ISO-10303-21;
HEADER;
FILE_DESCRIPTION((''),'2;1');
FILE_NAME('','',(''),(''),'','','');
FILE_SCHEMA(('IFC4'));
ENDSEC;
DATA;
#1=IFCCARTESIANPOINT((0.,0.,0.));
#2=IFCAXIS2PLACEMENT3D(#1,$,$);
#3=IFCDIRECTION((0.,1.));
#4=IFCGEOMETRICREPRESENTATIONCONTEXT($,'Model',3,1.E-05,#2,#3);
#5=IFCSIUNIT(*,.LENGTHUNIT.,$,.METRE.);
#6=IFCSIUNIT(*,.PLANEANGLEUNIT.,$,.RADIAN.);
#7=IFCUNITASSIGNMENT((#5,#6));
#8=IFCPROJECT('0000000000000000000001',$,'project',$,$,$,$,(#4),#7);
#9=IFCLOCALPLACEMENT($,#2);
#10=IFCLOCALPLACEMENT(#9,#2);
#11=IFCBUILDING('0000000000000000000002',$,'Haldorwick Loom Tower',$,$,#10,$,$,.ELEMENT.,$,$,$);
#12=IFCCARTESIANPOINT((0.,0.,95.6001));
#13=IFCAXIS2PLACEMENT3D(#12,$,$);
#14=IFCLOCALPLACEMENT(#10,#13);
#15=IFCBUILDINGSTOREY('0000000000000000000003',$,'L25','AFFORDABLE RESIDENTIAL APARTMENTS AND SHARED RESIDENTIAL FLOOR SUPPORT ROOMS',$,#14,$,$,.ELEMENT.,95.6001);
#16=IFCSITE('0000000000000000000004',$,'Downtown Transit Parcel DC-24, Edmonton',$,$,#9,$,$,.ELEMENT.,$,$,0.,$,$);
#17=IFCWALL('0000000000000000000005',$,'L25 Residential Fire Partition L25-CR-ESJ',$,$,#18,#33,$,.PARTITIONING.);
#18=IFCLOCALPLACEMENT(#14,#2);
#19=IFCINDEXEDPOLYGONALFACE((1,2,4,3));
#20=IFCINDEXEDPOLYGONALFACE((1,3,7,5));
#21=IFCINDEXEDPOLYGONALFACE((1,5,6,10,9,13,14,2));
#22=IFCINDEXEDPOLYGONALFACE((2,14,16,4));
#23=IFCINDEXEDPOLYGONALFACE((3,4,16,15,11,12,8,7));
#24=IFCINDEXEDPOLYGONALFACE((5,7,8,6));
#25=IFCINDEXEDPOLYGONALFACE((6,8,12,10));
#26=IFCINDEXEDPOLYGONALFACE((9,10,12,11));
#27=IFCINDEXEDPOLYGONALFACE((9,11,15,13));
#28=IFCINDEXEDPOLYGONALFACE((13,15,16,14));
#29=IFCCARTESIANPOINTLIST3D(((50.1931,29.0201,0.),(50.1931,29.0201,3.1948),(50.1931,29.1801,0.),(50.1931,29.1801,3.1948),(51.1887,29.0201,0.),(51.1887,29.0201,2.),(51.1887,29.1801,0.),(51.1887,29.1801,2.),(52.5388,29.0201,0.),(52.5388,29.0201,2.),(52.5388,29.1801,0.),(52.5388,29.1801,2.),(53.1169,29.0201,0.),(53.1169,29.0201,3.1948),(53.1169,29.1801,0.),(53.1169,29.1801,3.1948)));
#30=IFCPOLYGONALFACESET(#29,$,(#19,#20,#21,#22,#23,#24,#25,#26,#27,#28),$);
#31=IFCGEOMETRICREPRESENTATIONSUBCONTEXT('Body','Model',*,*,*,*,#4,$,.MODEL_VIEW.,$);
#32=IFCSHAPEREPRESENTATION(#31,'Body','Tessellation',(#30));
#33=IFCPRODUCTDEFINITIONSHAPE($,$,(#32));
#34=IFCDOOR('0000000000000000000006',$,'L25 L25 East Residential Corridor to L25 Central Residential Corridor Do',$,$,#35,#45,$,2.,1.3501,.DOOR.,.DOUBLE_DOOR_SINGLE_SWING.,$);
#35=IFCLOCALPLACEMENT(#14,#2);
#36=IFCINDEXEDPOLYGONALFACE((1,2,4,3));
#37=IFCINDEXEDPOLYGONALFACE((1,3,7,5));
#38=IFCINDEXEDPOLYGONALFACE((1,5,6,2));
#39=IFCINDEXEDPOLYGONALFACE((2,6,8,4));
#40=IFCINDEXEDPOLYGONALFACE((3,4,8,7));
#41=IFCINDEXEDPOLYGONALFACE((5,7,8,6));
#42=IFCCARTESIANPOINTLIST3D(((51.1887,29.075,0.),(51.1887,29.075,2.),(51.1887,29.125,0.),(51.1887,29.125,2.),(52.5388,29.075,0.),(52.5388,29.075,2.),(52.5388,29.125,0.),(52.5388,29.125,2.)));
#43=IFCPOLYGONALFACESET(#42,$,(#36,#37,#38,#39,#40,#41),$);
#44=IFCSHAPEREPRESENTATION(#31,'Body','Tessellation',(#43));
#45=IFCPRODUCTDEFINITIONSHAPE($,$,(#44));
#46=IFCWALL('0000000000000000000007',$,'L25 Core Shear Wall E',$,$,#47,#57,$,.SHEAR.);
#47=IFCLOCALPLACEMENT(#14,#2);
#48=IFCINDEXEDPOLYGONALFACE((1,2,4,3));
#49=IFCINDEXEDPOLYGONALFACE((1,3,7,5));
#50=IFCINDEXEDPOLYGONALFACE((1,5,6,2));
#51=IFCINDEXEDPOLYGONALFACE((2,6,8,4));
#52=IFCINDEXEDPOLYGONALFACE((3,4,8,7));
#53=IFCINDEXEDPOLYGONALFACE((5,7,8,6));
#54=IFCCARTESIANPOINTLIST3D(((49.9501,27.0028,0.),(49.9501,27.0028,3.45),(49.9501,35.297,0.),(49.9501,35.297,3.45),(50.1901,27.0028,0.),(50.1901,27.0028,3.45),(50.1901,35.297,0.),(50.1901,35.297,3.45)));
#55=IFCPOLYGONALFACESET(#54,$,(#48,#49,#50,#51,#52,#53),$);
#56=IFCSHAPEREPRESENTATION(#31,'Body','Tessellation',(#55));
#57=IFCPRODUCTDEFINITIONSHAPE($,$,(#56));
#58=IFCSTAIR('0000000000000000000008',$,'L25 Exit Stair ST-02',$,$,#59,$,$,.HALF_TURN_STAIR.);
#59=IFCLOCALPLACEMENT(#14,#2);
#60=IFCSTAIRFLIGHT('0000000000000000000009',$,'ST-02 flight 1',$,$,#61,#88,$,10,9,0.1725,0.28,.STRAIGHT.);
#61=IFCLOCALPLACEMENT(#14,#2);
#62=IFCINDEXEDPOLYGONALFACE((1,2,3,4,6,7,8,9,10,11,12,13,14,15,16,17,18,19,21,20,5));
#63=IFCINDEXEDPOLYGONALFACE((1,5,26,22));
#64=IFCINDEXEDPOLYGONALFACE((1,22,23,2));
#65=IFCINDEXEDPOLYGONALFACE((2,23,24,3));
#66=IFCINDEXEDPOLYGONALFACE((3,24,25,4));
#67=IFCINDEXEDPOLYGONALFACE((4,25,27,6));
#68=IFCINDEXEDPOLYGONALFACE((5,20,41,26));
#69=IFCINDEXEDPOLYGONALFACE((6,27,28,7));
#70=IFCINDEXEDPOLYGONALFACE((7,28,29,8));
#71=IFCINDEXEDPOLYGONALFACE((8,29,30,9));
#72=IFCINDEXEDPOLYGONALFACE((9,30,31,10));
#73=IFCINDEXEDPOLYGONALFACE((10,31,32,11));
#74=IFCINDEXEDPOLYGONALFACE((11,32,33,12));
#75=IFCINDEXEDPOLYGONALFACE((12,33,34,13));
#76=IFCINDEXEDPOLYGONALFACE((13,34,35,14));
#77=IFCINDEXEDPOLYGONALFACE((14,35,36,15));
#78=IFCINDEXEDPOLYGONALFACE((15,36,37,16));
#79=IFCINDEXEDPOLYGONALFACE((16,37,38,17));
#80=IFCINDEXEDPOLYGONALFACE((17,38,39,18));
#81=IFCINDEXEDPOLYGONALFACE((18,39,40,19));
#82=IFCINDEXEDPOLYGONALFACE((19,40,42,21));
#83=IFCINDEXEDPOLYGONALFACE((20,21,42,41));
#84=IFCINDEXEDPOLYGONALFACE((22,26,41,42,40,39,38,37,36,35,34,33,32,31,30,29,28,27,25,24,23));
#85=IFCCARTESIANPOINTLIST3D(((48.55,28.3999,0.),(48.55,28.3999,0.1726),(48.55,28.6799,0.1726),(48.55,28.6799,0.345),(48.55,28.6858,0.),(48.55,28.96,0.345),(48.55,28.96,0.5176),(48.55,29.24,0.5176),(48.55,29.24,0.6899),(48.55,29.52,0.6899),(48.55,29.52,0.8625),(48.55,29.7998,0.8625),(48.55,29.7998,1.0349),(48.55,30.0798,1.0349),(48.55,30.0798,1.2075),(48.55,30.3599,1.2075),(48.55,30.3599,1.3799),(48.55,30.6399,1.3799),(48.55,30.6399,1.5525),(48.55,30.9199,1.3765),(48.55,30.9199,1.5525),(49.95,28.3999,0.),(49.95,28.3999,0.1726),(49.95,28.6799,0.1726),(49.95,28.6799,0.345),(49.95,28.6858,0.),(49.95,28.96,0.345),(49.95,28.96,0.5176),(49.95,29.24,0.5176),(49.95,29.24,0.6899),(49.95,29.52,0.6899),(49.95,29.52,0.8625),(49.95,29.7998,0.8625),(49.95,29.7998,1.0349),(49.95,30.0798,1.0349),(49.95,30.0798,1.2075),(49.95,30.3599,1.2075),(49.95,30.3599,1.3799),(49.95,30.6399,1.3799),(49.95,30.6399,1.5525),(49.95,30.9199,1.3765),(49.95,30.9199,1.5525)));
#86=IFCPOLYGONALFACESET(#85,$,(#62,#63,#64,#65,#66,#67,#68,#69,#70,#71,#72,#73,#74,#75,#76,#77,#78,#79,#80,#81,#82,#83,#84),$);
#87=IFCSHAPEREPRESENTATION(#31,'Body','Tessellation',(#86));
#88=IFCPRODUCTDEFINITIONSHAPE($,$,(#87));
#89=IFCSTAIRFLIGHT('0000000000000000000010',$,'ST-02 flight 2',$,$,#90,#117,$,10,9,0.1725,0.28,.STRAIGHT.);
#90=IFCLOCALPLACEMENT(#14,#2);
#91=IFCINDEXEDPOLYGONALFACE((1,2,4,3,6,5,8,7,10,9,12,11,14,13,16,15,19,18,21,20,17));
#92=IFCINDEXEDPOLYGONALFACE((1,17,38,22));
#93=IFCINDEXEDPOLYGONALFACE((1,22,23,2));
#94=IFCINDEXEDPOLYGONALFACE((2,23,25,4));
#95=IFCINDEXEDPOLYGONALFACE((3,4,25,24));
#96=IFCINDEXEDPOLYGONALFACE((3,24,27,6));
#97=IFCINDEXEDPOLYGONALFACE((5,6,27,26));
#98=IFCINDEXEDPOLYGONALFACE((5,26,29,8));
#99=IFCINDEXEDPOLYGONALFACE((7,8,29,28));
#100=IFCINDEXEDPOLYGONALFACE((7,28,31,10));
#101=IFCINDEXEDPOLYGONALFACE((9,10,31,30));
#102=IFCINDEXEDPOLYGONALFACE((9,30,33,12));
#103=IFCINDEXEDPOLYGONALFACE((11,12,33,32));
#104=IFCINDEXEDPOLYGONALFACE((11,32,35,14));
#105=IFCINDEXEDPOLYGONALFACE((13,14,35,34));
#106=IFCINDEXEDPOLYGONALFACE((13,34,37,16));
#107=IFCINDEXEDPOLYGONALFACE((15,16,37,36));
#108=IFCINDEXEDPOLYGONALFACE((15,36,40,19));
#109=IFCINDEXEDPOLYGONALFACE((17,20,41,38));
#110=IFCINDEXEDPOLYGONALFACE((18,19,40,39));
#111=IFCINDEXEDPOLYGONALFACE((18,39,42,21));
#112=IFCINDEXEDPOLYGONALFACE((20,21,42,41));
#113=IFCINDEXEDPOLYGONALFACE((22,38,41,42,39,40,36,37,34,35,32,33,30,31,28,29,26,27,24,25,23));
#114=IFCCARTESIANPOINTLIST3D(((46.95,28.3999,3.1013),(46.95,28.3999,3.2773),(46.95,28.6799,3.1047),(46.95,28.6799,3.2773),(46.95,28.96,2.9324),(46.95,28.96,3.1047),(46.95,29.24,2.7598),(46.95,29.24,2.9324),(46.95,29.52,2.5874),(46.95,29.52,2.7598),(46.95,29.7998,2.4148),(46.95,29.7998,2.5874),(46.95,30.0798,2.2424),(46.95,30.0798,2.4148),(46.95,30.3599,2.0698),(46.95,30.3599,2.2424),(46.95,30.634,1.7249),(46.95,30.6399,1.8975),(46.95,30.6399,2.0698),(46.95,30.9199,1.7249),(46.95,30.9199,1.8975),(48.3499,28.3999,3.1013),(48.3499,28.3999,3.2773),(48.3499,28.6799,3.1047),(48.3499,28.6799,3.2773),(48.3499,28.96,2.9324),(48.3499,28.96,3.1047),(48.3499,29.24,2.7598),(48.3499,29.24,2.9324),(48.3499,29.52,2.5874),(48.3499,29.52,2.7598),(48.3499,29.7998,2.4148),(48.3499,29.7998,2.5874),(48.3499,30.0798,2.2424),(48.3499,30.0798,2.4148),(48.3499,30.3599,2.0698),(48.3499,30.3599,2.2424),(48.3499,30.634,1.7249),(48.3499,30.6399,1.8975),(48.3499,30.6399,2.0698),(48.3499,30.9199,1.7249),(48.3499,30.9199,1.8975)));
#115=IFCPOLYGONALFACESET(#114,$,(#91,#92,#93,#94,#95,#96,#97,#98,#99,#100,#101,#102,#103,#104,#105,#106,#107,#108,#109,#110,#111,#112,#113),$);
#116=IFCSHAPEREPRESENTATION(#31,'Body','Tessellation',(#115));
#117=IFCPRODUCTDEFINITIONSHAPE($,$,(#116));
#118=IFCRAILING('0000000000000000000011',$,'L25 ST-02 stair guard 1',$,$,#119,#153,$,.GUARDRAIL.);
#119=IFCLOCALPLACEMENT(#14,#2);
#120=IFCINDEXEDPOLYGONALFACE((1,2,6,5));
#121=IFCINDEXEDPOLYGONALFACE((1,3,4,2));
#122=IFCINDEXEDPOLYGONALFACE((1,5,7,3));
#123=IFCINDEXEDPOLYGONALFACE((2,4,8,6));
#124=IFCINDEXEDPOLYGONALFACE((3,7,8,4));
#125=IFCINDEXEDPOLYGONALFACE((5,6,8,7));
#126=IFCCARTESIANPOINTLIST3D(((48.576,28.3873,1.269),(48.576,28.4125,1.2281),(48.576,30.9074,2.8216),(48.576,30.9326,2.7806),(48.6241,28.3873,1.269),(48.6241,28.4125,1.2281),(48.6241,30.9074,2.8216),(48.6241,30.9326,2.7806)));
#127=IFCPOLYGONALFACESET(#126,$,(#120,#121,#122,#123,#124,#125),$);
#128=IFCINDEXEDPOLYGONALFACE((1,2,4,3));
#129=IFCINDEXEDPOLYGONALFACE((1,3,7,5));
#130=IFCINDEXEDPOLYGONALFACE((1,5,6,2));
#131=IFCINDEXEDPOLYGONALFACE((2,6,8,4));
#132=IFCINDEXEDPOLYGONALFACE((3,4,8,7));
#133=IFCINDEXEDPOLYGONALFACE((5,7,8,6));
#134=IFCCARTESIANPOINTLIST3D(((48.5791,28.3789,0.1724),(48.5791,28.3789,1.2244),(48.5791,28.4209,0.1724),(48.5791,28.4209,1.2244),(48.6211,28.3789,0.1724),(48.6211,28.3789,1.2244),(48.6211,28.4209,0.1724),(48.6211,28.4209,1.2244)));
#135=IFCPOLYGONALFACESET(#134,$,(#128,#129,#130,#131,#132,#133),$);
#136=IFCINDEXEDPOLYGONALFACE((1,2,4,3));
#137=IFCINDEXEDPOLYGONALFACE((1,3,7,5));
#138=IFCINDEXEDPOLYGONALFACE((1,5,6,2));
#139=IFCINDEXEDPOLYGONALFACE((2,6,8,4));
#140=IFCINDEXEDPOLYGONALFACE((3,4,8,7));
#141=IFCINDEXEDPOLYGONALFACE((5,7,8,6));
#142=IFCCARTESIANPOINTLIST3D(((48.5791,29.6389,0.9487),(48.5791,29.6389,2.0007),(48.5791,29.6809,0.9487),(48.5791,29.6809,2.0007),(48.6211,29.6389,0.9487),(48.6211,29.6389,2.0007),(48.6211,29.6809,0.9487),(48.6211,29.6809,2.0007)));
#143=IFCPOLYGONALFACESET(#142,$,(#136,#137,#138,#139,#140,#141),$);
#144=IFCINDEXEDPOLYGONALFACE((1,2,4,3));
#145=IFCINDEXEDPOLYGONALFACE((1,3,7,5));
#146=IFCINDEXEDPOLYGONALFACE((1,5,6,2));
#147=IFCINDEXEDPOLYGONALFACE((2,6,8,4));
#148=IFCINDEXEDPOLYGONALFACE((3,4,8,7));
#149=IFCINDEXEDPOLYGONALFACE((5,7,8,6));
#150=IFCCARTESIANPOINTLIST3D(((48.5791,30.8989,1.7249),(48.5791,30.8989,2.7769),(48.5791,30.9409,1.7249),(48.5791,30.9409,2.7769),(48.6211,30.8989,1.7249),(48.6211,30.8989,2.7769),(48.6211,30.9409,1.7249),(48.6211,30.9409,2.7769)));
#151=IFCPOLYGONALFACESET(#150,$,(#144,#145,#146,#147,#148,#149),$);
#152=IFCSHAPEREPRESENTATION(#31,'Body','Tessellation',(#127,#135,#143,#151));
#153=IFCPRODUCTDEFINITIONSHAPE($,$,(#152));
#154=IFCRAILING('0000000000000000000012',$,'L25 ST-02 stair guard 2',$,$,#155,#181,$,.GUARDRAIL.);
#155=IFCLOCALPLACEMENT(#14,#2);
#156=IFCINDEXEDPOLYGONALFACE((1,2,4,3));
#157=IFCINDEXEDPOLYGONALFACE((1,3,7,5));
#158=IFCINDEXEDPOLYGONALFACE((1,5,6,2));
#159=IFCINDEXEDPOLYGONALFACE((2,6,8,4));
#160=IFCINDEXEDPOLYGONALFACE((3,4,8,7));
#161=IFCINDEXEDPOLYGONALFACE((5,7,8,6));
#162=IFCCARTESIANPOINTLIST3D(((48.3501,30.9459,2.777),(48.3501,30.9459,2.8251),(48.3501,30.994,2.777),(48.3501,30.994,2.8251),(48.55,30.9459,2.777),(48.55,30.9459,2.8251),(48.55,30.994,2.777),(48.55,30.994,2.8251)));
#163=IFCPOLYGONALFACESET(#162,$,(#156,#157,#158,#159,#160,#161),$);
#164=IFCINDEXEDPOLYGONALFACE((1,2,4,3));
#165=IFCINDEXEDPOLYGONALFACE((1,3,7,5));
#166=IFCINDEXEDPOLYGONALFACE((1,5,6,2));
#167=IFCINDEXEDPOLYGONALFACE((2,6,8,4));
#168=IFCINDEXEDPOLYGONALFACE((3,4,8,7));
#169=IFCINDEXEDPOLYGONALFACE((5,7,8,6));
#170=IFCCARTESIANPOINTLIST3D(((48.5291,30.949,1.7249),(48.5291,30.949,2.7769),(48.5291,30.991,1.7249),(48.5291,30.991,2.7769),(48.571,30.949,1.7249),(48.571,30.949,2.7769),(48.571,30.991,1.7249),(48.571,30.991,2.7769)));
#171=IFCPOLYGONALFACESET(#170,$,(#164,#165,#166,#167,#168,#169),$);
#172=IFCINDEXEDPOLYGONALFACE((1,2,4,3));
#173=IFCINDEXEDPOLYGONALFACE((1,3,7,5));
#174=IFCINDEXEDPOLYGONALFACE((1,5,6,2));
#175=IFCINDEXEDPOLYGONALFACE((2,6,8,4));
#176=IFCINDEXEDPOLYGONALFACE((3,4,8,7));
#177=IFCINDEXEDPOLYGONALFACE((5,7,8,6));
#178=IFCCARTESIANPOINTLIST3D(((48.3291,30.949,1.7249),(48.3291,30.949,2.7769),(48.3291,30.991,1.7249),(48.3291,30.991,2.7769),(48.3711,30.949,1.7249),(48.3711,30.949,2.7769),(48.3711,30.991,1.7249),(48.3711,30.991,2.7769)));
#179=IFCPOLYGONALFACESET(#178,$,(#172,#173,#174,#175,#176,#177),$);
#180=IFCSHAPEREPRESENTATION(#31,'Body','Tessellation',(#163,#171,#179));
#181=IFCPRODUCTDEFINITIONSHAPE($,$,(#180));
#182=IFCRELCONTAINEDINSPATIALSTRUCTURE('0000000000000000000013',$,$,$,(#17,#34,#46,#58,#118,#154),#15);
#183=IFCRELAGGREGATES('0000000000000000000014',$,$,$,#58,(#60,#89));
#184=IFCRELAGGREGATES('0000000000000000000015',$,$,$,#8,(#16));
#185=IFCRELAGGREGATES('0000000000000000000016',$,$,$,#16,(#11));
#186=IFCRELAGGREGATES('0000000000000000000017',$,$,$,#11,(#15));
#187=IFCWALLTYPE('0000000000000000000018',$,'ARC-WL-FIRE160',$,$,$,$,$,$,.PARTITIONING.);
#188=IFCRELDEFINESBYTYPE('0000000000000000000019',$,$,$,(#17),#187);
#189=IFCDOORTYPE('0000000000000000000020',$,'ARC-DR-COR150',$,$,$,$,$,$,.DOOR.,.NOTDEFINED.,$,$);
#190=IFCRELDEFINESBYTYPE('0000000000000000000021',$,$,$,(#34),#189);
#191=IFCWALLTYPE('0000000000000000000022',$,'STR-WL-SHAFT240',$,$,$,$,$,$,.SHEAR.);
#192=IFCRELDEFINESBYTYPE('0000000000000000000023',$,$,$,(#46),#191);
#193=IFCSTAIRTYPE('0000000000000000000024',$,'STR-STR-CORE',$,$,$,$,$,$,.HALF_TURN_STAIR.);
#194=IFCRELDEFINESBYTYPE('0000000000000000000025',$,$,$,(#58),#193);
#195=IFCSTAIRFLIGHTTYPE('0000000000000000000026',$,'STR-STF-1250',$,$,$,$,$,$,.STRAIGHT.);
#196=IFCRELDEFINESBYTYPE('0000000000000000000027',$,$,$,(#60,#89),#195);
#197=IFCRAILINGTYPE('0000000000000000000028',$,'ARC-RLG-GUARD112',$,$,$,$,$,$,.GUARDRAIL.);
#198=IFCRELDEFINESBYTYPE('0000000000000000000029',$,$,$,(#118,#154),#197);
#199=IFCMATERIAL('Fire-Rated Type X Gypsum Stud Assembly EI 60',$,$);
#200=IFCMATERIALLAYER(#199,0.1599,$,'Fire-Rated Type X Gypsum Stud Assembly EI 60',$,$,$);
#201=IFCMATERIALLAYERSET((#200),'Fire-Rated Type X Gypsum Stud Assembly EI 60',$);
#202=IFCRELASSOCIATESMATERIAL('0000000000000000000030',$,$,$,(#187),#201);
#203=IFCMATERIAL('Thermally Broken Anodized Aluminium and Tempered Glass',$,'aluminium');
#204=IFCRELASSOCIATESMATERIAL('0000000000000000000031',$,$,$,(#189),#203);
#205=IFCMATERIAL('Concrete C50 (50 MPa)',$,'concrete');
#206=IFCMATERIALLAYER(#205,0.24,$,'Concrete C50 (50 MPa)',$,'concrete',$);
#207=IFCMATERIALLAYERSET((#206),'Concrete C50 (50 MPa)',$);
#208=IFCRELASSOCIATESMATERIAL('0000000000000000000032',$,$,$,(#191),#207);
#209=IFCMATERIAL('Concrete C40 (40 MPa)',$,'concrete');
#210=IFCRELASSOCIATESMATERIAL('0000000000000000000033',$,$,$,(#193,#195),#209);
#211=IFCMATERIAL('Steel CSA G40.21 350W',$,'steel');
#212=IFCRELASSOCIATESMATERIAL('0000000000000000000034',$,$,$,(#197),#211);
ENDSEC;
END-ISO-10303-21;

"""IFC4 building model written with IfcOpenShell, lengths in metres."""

from ifc_helpers import new_model, si_unit, direction, frame, frame_2d, origin, origin_2d, place, context, subcontext, project, spatial, polyline, rectangle, outline, extrude, material, layer, layer_set, type_object, element, fill, aggregate, save


model = new_model("IFC4")

# Units and contexts
model_context = context("Model", 3, precision=1e-05, world=origin(), true_north=direction((0.0, 1.0)))
body_context = subcontext(model_context, "Body", "Model", "MODEL_VIEW")
ifc_project = project(units=[si_unit("LENGTHUNIT", "METRE"), si_unit("PLANEANGLEUNIT", "RADIAN")], contexts=[model_context])

# Site, building, storey
site_placement = place(None, origin())
site = spatial("IfcSite", under=ifc_project, at=site_placement, Name="Downtown Transit Parcel DC-24, Edmonton", CompositionType="ELEMENT", RefElevation=0.0)
building_placement = place(site_placement, origin())
building = spatial("IfcBuilding", under=site, at=building_placement, Name="Haldorwick Loom Tower", CompositionType="ELEMENT")
storey_placement = place(building_placement, frame((0.0, 0.0, 95.6001)))
storey = spatial("IfcBuildingStorey", under=building, at=storey_placement, Name="L25", Description="AFFORDABLE RESIDENTIAL APARTMENTS AND SHARED RESIDENTIAL FLOOR SUPPORT ROOMS", CompositionType="ELEMENT", Elevation=95.6001)

# Shared definitions
ifc_material_1 = material(Name="Steel CSA G40.21 350W", Category="steel")

# Wall, opening, door
ifc_material_2 = material(Name="Fire-Rated Type X Gypsum Stud Assembly EI 60")
ifc_layer_1 = layer(ifc_material_2, 0.1599, Name="Fire-Rated Type X Gypsum Stud Assembly EI 60")
ifc_layer_set_1 = layer_set([ifc_layer_1], Name="Fire-Rated Type X Gypsum Stud Assembly EI 60")
wall_type_1 = type_object("IfcWallType", Name="ARC-WL-FIRE160", PredefinedType="PARTITIONING", material=ifc_layer_set_1)
wall_1_placement = place(storey_placement, frame((50.1931, 29.1001, 0.0), z_axis=(0.0, 0.0, 1.0), x_axis=(1.0, 0.0, 0.0)))
wall_1 = element("IfcWall", 1, at=wall_1_placement, inside=storey, type_object=wall_type_1, Name="L25 Residential Fire Partition L25-CR-ESJ", PredefinedType="PARTITIONING", context=body_context, shape_type="SweptSolid", body=[
    extrude(rectangle(XDim=2.9238, YDim=0.1599, at=frame_2d((1.4619, 0.0))), origin(), (0.0, 0.0, 1.0), 3.1948),
])
opening_1_placement = place(wall_1_placement, frame((0.9956, 0.0, 0.0)))
opening_1 = element("IfcOpeningElement", 2, at=opening_1_placement, cuts=wall_1, PredefinedType="OPENING", context=body_context, shape_type="SweptSolid", body=[
    extrude(rectangle(XDim=1.3501, YDim=2.0, at=frame_2d((0.675, 1.0))), frame((0.0, 0.0898, 0.0), z_axis=(0.0, -1.0, 0.0), x_axis=(1.0, 0.0, 0.0)), (0.0, 0.0, 1.0), 0.1799),
])
ifc_material_3 = material(Name="Thermally Broken Anodized Aluminium and Tempered Glass", Category="aluminium")
door_type_1 = type_object("IfcDoorType", Name="ARC-DR-COR150", OperationType="NOTDEFINED", PredefinedType="DOOR", material=ifc_material_3)
door_1_placement = place(opening_1_placement, origin())
door_1 = element("IfcDoor", 3, at=door_1_placement, inside=storey, type_object=door_type_1, Name="L25 L25 East Residential Corridor to L25 Central Residential Corridor Do", OperationType="DOUBLE_DOOR_SINGLE_SWING", OverallHeight=2.0, OverallWidth=1.3501, PredefinedType="DOOR", context=body_context, shape_type="SweptSolid", body=[
    extrude(rectangle(XDim=1.3501, YDim=2.0, at=frame_2d((0.675, 1.0))), frame((0.0, 0.0249, 0.0), z_axis=(0.0, -1.0, 0.0), x_axis=(1.0, 0.0, 0.0)), (0.0, 0.0, 1.0), 0.05),
])
fill(opening_1, door_1)

# Wall
ifc_material_4 = material(Name="Concrete C50 (50 MPa)", Category="concrete")
ifc_layer_2 = layer(ifc_material_4, 0.24, Name="Concrete C50 (50 MPa)", Category="concrete")
ifc_layer_set_2 = layer_set([ifc_layer_2], Name="Concrete C50 (50 MPa)")
wall_type_2 = type_object("IfcWallType", Name="STR-WL-SHAFT240", PredefinedType="SHEAR", material=ifc_layer_set_2)
wall_2_placement = place(storey_placement, frame((50.0701, 27.0029, 0.0), z_axis=(0.0, 0.0, 1.0), x_axis=(0.0, 1.0, 0.0)))
element("IfcWall", 4, at=wall_2_placement, inside=storey, type_object=wall_type_2, Name="L25 Core Shear Wall E", PredefinedType="SHEAR", context=body_context, shape_type="SweptSolid", body=[
    extrude(rectangle(XDim=8.2942, YDim=0.24, at=frame_2d((4.147, 0.0))), origin(), (0.0, 0.0, 1.0), 3.45),
])

# Stair, stair flights
ifc_material_5 = material(Name="Concrete C40 (40 MPa)", Category="concrete")
stair_type = type_object("IfcStairType", Name="STR-STR-CORE", PredefinedType="HALF_TURN_STAIR", material=ifc_material_5)
stair_placement = place(storey_placement, origin())
stair = element("IfcStair", 5, at=stair_placement, inside=storey, type_object=stair_type, Name="L25 Exit Stair ST-02", PredefinedType="HALF_TURN_STAIR")
stair_flight_type = type_object("IfcStairFlightType", Name="STR-STF-1250", PredefinedType="STRAIGHT", material=ifc_material_5)
stair_flight_1_placement = place(storey_placement, frame((49.25, 28.3999, 0.0), z_axis=(0.0, 0.0, 1.0), x_axis=(0.0, 1.0, 0.0)))
stair_flight_1 = element("IfcStairFlight", 6, at=stair_flight_1_placement, type_object=stair_flight_type, Name="ST-02 flight 1", NumberOfRisers=10, NumberOfTreads=9, PredefinedType="STRAIGHT", RiserHeight=0.1725, TreadLength=0.28, context=body_context, shape_type="SweptSolid", body=[
    extrude(outline(polyline([(0.0, 0.0), (0.0, 0.1726), (0.28, 0.1726), (0.28, 0.345), (0.5601, 0.345), (0.5601, 0.5176), (0.8401, 0.5176), (0.8401, 0.6899), (1.1201, 0.6899), (1.1201, 0.8625), (1.3999, 0.8625), (1.3999, 1.0349), (1.6799, 1.0349), (1.6799, 1.2075), (1.96, 1.2075), (1.96, 1.3799), (2.24, 1.3799), (2.24, 1.5525), (2.52, 1.5525), (2.52, 1.7251), (2.52, 1.3765), (0.2859, 0.0), (0.0, 0.0)])), frame((0.0, 0.7, 0.0), z_axis=(0.0, -1.0, 0.0), x_axis=(1.0, 0.0, 0.0)), (0.0, 0.0, 1.0), 1.3999),
])
stair_flight_2_placement = place(storey_placement, frame((47.6499, 30.9199, 1.7249), z_axis=(0.0, 0.0, 1.0), x_axis=(0.0, -1.0, 0.0)))
stair_flight_2 = element("IfcStairFlight", 7, at=stair_flight_2_placement, type_object=stair_flight_type, Name="ST-02 flight 2", NumberOfRisers=10, NumberOfTreads=9, PredefinedType="STRAIGHT", RiserHeight=0.1725, TreadLength=0.28, context=body_context, shape_type="SweptSolid", body=[
    extrude(outline(polyline([(0.0, 0.0), (0.0, 0.1726), (0.28, 0.1726), (0.28, 0.345), (0.5601, 0.345), (0.5601, 0.5176), (0.8401, 0.5176), (0.8401, 0.6899), (1.1201, 0.6899), (1.1201, 0.8625), (1.3999, 0.8625), (1.3999, 1.0349), (1.6799, 1.0349), (1.6799, 1.2075), (1.96, 1.2075), (1.96, 1.3799), (2.24, 1.3799), (2.24, 1.5525), (2.52, 1.5525), (2.52, 1.7251), (2.52, 1.3765), (0.2859, 0.0), (0.0, 0.0)])), frame((0.0, 0.7, 0.0), z_axis=(0.0, -1.0, 0.0), x_axis=(1.0, 0.0, 0.0)), (0.0, 0.0, 1.0), 1.3999),
])
aggregate(stair, [stair_flight_1, stair_flight_2])

# Railings
railing_type_1 = type_object("IfcRailingType", Name="ARC-RLG-GUARD112", PredefinedType="GUARDRAIL", material=ifc_material_1)
railing_1_placement = place(storey_placement, frame((48.6001, 28.3999, 0.1724)))
element("IfcRailing", 8, at=railing_1_placement, inside=storey, type_object=railing_type_1, Name="L25 ST-02 stair guard 1", PredefinedType="GUARDRAIL", context=body_context, shape_type="SweptSolid", body=[
    extrude(rectangle(XDim=0.0481, YDim=0.0481, at=origin_2d()), frame((0.0, 0.0, 1.0762), z_axis=(0.0, 0.8514, 0.524516), x_axis=(-1.0, 0.0, 0.0)), (0.0, 0.0, 1.0), 2.96),
    extrude(rectangle(XDim=0.042, YDim=0.042, at=origin_2d()), origin(), (0.0, 0.0, 1.0), 1.052),
    extrude(rectangle(XDim=0.042, YDim=0.042, at=origin_2d()), frame((0.0, 1.26, 0.7764)), (0.0, 0.0, 1.0), 1.052),
    extrude(rectangle(XDim=0.042, YDim=0.042, at=origin_2d()), frame((0.0, 2.52, 1.5525)), (0.0, 0.0, 1.0), 1.052),
])
railing_2_placement = place(storey_placement, frame((48.55, 30.97, 1.7249)))
element("IfcRailing", 9, at=railing_2_placement, inside=storey, type_object=railing_type_1, Name="L25 ST-02 stair guard 2", PredefinedType="GUARDRAIL", context=body_context, shape_type="SweptSolid", body=[
    extrude(rectangle(XDim=0.0481, YDim=0.0481, at=origin_2d()), frame((0.0, 0.0, 1.0762), z_axis=(-1.0, 0.0, 0.0), x_axis=(0.0, -1.0, 0.0)), (0.0, 0.0, 1.0), 0.2),
    extrude(rectangle(XDim=0.042, YDim=0.042, at=origin_2d()), origin(), (0.0, 0.0, 1.0), 1.052),
    extrude(rectangle(XDim=0.042, YDim=0.042, at=origin_2d()), frame((-0.2, 0.0, 0.0)), (0.0, 0.0, 1.0), 1.052),
])

save(model, "model.ifc")
